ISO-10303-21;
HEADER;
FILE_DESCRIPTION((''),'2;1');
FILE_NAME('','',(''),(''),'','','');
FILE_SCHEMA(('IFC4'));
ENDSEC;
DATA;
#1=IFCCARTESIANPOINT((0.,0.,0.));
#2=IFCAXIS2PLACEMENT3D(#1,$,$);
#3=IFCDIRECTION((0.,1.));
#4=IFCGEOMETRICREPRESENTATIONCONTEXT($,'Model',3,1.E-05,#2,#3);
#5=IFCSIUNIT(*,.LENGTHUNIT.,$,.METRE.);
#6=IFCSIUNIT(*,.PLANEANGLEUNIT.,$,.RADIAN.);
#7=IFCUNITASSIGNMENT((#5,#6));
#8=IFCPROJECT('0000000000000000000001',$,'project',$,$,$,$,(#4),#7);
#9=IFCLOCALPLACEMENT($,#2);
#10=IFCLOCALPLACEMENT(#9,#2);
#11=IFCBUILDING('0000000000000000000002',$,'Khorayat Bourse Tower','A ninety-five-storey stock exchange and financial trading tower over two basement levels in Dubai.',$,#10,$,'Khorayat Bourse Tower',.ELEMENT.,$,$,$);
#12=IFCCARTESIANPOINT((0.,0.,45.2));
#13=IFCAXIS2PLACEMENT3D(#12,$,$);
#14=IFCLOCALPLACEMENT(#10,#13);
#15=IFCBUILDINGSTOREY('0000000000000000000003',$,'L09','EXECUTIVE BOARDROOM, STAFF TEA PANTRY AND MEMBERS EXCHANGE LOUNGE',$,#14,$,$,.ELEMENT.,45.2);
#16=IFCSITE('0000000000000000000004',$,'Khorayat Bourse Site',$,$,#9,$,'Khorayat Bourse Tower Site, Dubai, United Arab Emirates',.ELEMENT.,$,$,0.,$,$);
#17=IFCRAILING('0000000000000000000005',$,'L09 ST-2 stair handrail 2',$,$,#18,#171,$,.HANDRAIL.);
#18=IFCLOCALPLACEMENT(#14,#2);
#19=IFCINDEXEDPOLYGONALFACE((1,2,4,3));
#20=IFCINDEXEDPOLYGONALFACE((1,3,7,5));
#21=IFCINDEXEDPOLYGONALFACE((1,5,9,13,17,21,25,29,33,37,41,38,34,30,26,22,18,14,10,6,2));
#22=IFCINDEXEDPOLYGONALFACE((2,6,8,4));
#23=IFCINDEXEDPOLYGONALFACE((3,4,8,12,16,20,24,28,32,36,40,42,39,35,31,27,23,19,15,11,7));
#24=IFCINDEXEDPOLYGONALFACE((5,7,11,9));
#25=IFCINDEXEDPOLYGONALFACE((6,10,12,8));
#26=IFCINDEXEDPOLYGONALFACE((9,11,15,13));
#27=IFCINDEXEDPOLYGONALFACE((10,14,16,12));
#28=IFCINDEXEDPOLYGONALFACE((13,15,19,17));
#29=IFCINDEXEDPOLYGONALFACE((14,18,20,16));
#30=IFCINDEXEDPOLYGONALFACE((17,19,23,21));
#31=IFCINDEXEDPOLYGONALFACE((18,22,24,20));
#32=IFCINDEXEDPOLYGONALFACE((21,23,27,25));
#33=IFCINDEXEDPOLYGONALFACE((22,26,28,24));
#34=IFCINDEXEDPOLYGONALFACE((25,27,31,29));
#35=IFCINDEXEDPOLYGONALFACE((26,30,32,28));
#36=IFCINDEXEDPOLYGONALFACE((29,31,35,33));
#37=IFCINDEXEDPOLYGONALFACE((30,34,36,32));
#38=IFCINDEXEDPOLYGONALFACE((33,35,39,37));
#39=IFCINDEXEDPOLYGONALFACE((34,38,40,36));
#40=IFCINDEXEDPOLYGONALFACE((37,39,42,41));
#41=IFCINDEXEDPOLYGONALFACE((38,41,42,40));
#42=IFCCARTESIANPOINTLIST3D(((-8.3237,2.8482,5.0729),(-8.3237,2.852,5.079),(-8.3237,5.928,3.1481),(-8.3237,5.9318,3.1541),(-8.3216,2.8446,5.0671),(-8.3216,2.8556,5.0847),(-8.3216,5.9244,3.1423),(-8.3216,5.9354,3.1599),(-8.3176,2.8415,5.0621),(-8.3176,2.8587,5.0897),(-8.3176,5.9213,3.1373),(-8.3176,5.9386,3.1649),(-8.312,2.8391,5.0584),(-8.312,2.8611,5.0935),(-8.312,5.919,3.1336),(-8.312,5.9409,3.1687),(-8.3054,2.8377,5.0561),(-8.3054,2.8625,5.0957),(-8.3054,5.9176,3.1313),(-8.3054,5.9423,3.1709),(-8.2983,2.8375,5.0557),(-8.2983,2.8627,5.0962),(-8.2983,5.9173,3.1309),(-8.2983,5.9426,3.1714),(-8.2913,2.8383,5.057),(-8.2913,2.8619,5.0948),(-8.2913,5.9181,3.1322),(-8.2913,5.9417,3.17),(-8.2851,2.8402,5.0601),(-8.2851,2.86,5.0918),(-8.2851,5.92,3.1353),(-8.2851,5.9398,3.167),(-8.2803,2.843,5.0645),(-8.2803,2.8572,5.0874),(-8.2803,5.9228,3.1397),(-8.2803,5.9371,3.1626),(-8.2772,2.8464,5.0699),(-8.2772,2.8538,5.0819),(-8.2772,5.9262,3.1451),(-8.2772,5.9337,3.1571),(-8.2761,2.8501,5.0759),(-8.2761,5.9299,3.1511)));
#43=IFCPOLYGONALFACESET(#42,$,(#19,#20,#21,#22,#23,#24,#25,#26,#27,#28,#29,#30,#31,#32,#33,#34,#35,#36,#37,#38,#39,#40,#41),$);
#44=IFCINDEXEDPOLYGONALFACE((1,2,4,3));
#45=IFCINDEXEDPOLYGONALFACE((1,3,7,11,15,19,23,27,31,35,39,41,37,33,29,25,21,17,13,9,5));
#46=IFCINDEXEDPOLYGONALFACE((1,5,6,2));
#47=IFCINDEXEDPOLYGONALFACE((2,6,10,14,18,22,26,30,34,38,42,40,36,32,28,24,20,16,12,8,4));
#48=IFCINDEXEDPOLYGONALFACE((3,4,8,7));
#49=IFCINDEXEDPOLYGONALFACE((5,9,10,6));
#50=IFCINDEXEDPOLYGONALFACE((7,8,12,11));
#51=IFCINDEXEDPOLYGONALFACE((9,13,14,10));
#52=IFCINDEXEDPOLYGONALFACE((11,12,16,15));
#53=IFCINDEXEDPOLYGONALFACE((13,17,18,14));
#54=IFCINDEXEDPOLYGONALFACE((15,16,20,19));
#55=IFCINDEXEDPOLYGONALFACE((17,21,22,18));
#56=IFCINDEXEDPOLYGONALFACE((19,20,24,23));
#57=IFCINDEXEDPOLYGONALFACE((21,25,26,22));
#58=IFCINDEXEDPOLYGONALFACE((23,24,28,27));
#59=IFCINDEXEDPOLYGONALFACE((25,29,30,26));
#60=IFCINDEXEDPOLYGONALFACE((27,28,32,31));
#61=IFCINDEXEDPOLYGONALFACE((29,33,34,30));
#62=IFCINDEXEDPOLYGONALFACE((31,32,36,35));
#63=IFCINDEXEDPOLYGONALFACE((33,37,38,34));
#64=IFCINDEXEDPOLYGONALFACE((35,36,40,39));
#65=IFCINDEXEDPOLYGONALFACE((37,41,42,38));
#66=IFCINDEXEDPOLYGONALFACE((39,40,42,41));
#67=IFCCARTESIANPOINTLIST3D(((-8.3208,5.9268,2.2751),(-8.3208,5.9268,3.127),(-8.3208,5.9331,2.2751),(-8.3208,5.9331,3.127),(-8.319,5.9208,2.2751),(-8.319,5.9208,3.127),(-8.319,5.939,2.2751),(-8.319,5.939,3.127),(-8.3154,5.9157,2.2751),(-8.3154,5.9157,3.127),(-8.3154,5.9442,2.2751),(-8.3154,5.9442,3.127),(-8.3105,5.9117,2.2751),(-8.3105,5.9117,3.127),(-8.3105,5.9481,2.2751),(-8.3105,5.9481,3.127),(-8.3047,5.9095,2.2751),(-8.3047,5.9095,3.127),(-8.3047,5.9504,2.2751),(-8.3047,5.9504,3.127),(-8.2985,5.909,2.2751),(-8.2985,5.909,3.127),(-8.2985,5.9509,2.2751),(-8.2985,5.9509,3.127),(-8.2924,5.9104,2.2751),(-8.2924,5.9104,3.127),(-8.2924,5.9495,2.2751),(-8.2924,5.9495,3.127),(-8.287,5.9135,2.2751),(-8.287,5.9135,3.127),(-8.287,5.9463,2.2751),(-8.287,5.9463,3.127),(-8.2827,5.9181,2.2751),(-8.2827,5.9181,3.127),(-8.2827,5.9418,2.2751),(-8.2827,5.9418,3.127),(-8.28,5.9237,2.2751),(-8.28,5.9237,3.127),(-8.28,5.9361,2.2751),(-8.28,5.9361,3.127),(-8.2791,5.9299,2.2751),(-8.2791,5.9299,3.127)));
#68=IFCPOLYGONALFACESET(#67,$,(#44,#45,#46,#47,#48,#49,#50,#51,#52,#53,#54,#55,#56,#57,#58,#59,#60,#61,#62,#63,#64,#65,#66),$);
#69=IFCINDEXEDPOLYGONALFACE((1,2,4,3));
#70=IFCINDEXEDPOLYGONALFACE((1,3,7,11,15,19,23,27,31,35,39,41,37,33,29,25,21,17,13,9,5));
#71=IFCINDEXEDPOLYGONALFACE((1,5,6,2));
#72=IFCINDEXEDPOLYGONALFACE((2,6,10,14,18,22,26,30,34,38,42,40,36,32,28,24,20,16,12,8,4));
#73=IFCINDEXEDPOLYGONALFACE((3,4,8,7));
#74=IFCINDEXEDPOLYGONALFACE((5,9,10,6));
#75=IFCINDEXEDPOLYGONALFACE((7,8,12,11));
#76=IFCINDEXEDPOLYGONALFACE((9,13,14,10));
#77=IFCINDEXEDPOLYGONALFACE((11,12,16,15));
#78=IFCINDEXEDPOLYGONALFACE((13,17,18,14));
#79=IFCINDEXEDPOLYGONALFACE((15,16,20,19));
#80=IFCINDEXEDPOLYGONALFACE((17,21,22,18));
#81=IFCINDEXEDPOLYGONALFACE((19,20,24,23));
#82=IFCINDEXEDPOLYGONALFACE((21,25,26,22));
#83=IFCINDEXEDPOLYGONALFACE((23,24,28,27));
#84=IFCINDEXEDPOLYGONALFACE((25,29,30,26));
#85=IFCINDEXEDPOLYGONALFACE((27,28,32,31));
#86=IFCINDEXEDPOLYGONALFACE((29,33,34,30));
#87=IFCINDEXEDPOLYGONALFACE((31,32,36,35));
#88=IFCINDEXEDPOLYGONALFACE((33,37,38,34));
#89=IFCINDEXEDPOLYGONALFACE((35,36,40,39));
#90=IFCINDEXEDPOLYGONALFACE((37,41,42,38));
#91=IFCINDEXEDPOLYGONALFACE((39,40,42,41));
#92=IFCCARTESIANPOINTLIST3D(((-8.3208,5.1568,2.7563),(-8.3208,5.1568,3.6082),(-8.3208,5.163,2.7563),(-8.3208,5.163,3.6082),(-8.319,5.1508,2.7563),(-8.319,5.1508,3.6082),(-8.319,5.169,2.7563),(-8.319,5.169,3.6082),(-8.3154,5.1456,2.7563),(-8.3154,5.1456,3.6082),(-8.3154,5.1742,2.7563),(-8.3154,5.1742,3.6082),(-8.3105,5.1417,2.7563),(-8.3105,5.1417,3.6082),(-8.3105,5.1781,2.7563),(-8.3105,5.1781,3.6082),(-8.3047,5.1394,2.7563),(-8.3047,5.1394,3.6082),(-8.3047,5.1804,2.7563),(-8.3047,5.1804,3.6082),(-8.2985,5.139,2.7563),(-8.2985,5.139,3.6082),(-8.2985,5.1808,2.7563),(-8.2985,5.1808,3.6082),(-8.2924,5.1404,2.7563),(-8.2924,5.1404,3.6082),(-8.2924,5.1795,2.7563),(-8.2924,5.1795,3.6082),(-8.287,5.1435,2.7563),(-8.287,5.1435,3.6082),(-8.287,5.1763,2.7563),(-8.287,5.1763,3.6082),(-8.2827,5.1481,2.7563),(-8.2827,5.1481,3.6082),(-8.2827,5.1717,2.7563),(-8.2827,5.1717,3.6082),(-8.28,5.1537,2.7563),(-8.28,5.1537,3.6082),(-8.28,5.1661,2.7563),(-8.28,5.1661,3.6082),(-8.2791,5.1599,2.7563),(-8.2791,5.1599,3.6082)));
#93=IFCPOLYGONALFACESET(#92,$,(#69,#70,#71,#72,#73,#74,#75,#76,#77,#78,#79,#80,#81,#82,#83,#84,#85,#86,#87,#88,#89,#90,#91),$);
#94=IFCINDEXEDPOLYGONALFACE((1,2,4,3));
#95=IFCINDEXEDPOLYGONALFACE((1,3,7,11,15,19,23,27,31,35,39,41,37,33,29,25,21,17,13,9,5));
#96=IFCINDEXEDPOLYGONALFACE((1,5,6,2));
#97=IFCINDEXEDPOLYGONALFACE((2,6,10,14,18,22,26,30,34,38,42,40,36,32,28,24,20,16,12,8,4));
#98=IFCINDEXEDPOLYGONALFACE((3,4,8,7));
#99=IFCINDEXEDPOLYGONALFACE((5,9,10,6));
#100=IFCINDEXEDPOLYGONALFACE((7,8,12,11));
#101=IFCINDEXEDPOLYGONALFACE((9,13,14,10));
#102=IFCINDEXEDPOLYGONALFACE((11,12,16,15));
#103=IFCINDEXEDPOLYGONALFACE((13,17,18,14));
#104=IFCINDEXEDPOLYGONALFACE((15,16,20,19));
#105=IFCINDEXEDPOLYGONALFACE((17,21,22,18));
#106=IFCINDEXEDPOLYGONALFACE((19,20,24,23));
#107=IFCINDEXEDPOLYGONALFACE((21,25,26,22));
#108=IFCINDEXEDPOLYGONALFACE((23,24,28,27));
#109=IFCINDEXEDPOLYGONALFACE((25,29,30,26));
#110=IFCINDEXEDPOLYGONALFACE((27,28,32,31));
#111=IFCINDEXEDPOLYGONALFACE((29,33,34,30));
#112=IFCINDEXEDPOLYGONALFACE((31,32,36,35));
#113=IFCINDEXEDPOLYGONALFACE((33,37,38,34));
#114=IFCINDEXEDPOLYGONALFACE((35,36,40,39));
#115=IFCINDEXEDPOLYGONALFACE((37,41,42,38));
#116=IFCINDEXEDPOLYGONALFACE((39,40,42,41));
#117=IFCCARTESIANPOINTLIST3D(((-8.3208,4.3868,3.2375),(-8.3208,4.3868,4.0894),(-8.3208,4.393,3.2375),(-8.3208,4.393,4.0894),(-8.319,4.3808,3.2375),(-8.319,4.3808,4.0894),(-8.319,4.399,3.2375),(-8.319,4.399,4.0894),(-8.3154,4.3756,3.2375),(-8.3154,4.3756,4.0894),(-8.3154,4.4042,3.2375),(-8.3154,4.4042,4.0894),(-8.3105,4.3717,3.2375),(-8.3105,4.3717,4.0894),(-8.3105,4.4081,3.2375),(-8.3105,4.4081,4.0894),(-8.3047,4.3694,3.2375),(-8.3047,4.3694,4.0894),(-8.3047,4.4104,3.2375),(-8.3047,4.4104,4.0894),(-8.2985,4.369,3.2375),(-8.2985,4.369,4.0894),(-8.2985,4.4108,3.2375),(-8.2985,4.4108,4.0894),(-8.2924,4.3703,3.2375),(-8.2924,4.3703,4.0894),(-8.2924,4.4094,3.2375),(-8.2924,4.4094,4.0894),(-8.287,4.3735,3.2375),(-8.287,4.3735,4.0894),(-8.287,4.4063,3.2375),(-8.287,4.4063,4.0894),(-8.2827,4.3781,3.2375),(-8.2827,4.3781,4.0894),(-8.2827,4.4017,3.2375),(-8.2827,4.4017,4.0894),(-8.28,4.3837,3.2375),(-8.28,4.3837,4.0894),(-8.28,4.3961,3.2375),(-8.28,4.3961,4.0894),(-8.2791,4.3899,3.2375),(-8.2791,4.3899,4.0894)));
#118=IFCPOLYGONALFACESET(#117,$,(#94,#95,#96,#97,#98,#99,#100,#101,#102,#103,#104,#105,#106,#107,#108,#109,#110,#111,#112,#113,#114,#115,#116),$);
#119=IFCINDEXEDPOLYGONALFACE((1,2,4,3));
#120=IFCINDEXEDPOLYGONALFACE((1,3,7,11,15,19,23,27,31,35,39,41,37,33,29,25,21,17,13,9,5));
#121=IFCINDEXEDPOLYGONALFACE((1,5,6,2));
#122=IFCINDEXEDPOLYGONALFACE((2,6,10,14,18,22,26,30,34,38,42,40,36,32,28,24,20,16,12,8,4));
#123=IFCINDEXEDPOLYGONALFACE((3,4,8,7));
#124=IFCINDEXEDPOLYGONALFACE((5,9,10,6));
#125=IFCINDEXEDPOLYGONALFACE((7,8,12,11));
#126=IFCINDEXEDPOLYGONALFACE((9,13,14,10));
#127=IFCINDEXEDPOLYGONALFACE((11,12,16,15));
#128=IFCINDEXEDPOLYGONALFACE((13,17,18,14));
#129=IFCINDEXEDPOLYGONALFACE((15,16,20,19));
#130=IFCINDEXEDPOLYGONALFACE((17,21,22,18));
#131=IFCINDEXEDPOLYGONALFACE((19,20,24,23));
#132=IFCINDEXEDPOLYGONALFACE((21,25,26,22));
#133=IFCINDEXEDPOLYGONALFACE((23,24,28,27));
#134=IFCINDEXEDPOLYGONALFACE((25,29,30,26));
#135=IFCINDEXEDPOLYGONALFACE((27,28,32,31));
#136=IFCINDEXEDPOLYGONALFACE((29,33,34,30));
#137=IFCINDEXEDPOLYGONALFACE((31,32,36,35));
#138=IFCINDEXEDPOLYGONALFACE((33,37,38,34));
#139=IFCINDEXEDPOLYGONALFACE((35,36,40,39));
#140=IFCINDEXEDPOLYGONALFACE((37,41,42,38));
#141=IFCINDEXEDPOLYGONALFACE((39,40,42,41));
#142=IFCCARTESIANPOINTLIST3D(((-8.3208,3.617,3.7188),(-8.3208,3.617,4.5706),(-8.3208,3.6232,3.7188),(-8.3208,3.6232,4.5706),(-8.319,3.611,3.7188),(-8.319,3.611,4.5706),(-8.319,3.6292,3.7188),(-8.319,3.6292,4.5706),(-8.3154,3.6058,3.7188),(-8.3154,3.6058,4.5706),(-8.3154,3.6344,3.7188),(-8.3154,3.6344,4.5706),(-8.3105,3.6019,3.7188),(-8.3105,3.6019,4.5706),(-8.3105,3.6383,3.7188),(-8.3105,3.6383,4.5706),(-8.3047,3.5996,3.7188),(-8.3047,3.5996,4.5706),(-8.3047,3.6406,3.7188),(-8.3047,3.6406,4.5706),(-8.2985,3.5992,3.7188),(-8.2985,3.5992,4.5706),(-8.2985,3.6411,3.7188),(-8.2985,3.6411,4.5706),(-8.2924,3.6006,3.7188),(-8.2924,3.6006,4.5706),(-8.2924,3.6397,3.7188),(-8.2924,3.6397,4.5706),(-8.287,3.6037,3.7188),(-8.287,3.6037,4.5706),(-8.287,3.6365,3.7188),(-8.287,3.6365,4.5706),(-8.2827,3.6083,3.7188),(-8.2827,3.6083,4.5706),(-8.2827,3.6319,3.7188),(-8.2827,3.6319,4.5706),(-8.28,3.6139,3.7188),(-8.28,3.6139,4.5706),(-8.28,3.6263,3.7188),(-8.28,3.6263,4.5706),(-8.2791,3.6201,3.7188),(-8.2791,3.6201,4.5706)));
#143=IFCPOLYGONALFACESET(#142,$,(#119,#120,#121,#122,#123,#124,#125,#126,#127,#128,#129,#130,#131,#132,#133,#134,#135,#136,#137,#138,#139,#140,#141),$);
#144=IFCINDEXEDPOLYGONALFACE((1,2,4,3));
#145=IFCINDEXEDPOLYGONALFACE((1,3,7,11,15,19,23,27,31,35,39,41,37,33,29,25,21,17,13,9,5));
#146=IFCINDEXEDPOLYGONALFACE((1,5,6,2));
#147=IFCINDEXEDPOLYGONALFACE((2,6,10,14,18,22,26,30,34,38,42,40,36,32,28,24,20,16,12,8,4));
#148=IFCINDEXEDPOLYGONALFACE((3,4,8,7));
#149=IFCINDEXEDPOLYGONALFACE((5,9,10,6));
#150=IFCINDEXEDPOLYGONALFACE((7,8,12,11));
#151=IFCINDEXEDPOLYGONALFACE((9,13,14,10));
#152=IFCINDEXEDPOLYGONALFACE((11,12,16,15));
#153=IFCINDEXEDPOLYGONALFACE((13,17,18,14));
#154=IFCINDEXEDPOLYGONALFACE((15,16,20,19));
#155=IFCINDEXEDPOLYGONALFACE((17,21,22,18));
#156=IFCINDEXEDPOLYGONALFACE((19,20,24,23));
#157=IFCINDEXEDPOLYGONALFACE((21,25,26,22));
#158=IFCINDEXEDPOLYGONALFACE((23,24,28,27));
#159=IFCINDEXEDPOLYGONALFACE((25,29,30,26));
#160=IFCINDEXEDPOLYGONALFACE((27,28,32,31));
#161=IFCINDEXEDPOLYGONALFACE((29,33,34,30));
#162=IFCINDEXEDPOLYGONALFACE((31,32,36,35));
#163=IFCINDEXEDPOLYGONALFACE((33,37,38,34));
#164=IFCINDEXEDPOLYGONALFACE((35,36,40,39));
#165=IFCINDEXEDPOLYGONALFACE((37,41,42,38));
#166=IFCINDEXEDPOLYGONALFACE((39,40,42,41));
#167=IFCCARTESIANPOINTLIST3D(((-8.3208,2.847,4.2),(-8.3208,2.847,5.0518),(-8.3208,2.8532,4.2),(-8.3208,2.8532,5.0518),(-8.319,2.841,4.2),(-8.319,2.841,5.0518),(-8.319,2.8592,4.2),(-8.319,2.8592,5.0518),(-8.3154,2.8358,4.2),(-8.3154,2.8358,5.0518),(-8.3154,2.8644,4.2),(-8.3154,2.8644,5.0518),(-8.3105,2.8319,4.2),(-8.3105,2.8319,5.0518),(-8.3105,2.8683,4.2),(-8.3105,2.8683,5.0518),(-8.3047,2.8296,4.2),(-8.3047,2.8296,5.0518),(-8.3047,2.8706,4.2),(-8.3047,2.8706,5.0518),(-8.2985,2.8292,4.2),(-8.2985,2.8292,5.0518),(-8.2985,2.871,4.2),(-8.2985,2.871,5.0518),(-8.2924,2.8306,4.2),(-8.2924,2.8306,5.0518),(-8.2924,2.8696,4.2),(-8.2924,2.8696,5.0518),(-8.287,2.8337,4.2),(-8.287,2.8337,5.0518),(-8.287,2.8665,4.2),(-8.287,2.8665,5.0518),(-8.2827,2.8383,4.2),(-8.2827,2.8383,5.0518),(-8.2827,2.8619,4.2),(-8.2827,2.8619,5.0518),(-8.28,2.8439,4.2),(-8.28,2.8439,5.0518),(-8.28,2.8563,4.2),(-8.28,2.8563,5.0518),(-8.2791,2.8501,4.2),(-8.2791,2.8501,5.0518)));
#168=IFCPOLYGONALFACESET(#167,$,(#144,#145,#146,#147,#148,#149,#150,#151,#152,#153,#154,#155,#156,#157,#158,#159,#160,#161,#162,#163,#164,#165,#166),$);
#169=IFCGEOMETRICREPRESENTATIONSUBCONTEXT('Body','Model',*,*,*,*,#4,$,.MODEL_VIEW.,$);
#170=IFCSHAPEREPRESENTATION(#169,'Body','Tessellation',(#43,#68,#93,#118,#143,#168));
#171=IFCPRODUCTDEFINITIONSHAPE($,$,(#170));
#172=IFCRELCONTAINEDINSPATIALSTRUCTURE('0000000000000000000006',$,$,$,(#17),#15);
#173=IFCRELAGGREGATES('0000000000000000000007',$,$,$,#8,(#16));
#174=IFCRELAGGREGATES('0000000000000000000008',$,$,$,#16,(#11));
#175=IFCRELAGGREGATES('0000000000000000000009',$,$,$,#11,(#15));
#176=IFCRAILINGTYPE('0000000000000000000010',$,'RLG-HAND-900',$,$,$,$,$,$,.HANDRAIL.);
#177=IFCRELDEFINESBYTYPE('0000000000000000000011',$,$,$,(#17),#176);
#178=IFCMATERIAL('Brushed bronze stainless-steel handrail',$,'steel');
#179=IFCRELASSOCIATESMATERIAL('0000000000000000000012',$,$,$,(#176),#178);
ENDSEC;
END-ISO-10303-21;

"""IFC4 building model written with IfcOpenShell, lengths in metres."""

from ifc_helpers import new_model, si_unit, direction, frame, origin, origin_2d, place, context, subcontext, project, spatial, circle, extrude, source, transform, mapped, material, type_object, element, save


model = new_model("IFC4")

# Units and contexts
model_context = context("Model", 3, precision=1e-05, world=origin(), true_north=direction((0.0, 1.0)))
body_context = subcontext(model_context, "Body", "Model", "MODEL_VIEW")
ifc_project = project(units=[si_unit("LENGTHUNIT", "METRE"), si_unit("PLANEANGLEUNIT", "RADIAN")], contexts=[model_context])

# Site, building, storey
site_placement = place(None, origin())
site = spatial("IfcSite", under=ifc_project, at=site_placement, Name="Khorayat Bourse Site", LongName="Khorayat Bourse Tower Site, Dubai, United Arab Emirates", CompositionType="ELEMENT", RefElevation=0.0)
building_placement = place(site_placement, origin())
building = spatial("IfcBuilding", under=site, at=building_placement, Name="Khorayat Bourse Tower", Description="A ninety-five-storey stock exchange and financial trading tower over two basement levels in Dubai.", LongName="Khorayat Bourse Tower", CompositionType="ELEMENT")
storey_placement = place(building_placement, frame((0.0, 0.0, 45.2)))
storey = spatial("IfcBuildingStorey", under=building, at=storey_placement, Name="L09", Description="EXECUTIVE BOARDROOM, STAFF TEA PANTRY AND MEMBERS EXCHANGE LOUNGE", CompositionType="ELEMENT", Elevation=45.2)

# Railing
ifc_material_1 = material(Name="Brushed bronze stainless-steel handrail", Category="steel")
railing_type_1 = type_object("IfcRailingType", Name="RLG-HAND-900", PredefinedType="HANDRAIL", material=ifc_material_1)
shared_shape_1 = source(origin(), body_context, "Body", "SweptSolid", [
    extrude(circle(Radius=0.0239, at=origin_2d()), frame((0.0, 0.0, 0.876), z_axis=(0.0, -0.84801, 0.529981), x_axis=(1.0, 0.0, 0.0)), (0.0, 0.0, 1.0), 3.6318),
    extrude(circle(Radius=0.021, at=origin_2d()), origin(), (0.0, 0.0, 1.0), 0.8518),
    extrude(circle(Radius=0.021, at=origin_2d()), frame((0.0, -0.77, 0.4812)), (0.0, 0.0, 1.0), 0.8518),
    extrude(circle(Radius=0.021, at=origin_2d()), frame((0.0, -1.54, 0.9624)), (0.0, 0.0, 1.0), 0.8518),
    extrude(circle(Radius=0.021, at=origin_2d()), frame((0.0, -2.3098, 1.4436)), (0.0, 0.0, 1.0), 0.8518),
    extrude(circle(Radius=0.021, at=origin_2d()), frame((0.0, -3.0798, 1.9248)), (0.0, 0.0, 1.0), 0.8518),
])
railing_1_placement = place(storey_placement, frame((-8.3, 5.9299, 2.2751)))
element("IfcRailing", 1, at=railing_1_placement, inside=storey, type_object=railing_type_1, Name="L09 ST-2 stair handrail 2", PredefinedType="HANDRAIL", context=body_context, shape_type="MappedRepresentation", body=[
    mapped(shared_shape_1, transform((0.0, 0.0, 0.0), scale=1.0)),
])

save(model, "model.ifc")
